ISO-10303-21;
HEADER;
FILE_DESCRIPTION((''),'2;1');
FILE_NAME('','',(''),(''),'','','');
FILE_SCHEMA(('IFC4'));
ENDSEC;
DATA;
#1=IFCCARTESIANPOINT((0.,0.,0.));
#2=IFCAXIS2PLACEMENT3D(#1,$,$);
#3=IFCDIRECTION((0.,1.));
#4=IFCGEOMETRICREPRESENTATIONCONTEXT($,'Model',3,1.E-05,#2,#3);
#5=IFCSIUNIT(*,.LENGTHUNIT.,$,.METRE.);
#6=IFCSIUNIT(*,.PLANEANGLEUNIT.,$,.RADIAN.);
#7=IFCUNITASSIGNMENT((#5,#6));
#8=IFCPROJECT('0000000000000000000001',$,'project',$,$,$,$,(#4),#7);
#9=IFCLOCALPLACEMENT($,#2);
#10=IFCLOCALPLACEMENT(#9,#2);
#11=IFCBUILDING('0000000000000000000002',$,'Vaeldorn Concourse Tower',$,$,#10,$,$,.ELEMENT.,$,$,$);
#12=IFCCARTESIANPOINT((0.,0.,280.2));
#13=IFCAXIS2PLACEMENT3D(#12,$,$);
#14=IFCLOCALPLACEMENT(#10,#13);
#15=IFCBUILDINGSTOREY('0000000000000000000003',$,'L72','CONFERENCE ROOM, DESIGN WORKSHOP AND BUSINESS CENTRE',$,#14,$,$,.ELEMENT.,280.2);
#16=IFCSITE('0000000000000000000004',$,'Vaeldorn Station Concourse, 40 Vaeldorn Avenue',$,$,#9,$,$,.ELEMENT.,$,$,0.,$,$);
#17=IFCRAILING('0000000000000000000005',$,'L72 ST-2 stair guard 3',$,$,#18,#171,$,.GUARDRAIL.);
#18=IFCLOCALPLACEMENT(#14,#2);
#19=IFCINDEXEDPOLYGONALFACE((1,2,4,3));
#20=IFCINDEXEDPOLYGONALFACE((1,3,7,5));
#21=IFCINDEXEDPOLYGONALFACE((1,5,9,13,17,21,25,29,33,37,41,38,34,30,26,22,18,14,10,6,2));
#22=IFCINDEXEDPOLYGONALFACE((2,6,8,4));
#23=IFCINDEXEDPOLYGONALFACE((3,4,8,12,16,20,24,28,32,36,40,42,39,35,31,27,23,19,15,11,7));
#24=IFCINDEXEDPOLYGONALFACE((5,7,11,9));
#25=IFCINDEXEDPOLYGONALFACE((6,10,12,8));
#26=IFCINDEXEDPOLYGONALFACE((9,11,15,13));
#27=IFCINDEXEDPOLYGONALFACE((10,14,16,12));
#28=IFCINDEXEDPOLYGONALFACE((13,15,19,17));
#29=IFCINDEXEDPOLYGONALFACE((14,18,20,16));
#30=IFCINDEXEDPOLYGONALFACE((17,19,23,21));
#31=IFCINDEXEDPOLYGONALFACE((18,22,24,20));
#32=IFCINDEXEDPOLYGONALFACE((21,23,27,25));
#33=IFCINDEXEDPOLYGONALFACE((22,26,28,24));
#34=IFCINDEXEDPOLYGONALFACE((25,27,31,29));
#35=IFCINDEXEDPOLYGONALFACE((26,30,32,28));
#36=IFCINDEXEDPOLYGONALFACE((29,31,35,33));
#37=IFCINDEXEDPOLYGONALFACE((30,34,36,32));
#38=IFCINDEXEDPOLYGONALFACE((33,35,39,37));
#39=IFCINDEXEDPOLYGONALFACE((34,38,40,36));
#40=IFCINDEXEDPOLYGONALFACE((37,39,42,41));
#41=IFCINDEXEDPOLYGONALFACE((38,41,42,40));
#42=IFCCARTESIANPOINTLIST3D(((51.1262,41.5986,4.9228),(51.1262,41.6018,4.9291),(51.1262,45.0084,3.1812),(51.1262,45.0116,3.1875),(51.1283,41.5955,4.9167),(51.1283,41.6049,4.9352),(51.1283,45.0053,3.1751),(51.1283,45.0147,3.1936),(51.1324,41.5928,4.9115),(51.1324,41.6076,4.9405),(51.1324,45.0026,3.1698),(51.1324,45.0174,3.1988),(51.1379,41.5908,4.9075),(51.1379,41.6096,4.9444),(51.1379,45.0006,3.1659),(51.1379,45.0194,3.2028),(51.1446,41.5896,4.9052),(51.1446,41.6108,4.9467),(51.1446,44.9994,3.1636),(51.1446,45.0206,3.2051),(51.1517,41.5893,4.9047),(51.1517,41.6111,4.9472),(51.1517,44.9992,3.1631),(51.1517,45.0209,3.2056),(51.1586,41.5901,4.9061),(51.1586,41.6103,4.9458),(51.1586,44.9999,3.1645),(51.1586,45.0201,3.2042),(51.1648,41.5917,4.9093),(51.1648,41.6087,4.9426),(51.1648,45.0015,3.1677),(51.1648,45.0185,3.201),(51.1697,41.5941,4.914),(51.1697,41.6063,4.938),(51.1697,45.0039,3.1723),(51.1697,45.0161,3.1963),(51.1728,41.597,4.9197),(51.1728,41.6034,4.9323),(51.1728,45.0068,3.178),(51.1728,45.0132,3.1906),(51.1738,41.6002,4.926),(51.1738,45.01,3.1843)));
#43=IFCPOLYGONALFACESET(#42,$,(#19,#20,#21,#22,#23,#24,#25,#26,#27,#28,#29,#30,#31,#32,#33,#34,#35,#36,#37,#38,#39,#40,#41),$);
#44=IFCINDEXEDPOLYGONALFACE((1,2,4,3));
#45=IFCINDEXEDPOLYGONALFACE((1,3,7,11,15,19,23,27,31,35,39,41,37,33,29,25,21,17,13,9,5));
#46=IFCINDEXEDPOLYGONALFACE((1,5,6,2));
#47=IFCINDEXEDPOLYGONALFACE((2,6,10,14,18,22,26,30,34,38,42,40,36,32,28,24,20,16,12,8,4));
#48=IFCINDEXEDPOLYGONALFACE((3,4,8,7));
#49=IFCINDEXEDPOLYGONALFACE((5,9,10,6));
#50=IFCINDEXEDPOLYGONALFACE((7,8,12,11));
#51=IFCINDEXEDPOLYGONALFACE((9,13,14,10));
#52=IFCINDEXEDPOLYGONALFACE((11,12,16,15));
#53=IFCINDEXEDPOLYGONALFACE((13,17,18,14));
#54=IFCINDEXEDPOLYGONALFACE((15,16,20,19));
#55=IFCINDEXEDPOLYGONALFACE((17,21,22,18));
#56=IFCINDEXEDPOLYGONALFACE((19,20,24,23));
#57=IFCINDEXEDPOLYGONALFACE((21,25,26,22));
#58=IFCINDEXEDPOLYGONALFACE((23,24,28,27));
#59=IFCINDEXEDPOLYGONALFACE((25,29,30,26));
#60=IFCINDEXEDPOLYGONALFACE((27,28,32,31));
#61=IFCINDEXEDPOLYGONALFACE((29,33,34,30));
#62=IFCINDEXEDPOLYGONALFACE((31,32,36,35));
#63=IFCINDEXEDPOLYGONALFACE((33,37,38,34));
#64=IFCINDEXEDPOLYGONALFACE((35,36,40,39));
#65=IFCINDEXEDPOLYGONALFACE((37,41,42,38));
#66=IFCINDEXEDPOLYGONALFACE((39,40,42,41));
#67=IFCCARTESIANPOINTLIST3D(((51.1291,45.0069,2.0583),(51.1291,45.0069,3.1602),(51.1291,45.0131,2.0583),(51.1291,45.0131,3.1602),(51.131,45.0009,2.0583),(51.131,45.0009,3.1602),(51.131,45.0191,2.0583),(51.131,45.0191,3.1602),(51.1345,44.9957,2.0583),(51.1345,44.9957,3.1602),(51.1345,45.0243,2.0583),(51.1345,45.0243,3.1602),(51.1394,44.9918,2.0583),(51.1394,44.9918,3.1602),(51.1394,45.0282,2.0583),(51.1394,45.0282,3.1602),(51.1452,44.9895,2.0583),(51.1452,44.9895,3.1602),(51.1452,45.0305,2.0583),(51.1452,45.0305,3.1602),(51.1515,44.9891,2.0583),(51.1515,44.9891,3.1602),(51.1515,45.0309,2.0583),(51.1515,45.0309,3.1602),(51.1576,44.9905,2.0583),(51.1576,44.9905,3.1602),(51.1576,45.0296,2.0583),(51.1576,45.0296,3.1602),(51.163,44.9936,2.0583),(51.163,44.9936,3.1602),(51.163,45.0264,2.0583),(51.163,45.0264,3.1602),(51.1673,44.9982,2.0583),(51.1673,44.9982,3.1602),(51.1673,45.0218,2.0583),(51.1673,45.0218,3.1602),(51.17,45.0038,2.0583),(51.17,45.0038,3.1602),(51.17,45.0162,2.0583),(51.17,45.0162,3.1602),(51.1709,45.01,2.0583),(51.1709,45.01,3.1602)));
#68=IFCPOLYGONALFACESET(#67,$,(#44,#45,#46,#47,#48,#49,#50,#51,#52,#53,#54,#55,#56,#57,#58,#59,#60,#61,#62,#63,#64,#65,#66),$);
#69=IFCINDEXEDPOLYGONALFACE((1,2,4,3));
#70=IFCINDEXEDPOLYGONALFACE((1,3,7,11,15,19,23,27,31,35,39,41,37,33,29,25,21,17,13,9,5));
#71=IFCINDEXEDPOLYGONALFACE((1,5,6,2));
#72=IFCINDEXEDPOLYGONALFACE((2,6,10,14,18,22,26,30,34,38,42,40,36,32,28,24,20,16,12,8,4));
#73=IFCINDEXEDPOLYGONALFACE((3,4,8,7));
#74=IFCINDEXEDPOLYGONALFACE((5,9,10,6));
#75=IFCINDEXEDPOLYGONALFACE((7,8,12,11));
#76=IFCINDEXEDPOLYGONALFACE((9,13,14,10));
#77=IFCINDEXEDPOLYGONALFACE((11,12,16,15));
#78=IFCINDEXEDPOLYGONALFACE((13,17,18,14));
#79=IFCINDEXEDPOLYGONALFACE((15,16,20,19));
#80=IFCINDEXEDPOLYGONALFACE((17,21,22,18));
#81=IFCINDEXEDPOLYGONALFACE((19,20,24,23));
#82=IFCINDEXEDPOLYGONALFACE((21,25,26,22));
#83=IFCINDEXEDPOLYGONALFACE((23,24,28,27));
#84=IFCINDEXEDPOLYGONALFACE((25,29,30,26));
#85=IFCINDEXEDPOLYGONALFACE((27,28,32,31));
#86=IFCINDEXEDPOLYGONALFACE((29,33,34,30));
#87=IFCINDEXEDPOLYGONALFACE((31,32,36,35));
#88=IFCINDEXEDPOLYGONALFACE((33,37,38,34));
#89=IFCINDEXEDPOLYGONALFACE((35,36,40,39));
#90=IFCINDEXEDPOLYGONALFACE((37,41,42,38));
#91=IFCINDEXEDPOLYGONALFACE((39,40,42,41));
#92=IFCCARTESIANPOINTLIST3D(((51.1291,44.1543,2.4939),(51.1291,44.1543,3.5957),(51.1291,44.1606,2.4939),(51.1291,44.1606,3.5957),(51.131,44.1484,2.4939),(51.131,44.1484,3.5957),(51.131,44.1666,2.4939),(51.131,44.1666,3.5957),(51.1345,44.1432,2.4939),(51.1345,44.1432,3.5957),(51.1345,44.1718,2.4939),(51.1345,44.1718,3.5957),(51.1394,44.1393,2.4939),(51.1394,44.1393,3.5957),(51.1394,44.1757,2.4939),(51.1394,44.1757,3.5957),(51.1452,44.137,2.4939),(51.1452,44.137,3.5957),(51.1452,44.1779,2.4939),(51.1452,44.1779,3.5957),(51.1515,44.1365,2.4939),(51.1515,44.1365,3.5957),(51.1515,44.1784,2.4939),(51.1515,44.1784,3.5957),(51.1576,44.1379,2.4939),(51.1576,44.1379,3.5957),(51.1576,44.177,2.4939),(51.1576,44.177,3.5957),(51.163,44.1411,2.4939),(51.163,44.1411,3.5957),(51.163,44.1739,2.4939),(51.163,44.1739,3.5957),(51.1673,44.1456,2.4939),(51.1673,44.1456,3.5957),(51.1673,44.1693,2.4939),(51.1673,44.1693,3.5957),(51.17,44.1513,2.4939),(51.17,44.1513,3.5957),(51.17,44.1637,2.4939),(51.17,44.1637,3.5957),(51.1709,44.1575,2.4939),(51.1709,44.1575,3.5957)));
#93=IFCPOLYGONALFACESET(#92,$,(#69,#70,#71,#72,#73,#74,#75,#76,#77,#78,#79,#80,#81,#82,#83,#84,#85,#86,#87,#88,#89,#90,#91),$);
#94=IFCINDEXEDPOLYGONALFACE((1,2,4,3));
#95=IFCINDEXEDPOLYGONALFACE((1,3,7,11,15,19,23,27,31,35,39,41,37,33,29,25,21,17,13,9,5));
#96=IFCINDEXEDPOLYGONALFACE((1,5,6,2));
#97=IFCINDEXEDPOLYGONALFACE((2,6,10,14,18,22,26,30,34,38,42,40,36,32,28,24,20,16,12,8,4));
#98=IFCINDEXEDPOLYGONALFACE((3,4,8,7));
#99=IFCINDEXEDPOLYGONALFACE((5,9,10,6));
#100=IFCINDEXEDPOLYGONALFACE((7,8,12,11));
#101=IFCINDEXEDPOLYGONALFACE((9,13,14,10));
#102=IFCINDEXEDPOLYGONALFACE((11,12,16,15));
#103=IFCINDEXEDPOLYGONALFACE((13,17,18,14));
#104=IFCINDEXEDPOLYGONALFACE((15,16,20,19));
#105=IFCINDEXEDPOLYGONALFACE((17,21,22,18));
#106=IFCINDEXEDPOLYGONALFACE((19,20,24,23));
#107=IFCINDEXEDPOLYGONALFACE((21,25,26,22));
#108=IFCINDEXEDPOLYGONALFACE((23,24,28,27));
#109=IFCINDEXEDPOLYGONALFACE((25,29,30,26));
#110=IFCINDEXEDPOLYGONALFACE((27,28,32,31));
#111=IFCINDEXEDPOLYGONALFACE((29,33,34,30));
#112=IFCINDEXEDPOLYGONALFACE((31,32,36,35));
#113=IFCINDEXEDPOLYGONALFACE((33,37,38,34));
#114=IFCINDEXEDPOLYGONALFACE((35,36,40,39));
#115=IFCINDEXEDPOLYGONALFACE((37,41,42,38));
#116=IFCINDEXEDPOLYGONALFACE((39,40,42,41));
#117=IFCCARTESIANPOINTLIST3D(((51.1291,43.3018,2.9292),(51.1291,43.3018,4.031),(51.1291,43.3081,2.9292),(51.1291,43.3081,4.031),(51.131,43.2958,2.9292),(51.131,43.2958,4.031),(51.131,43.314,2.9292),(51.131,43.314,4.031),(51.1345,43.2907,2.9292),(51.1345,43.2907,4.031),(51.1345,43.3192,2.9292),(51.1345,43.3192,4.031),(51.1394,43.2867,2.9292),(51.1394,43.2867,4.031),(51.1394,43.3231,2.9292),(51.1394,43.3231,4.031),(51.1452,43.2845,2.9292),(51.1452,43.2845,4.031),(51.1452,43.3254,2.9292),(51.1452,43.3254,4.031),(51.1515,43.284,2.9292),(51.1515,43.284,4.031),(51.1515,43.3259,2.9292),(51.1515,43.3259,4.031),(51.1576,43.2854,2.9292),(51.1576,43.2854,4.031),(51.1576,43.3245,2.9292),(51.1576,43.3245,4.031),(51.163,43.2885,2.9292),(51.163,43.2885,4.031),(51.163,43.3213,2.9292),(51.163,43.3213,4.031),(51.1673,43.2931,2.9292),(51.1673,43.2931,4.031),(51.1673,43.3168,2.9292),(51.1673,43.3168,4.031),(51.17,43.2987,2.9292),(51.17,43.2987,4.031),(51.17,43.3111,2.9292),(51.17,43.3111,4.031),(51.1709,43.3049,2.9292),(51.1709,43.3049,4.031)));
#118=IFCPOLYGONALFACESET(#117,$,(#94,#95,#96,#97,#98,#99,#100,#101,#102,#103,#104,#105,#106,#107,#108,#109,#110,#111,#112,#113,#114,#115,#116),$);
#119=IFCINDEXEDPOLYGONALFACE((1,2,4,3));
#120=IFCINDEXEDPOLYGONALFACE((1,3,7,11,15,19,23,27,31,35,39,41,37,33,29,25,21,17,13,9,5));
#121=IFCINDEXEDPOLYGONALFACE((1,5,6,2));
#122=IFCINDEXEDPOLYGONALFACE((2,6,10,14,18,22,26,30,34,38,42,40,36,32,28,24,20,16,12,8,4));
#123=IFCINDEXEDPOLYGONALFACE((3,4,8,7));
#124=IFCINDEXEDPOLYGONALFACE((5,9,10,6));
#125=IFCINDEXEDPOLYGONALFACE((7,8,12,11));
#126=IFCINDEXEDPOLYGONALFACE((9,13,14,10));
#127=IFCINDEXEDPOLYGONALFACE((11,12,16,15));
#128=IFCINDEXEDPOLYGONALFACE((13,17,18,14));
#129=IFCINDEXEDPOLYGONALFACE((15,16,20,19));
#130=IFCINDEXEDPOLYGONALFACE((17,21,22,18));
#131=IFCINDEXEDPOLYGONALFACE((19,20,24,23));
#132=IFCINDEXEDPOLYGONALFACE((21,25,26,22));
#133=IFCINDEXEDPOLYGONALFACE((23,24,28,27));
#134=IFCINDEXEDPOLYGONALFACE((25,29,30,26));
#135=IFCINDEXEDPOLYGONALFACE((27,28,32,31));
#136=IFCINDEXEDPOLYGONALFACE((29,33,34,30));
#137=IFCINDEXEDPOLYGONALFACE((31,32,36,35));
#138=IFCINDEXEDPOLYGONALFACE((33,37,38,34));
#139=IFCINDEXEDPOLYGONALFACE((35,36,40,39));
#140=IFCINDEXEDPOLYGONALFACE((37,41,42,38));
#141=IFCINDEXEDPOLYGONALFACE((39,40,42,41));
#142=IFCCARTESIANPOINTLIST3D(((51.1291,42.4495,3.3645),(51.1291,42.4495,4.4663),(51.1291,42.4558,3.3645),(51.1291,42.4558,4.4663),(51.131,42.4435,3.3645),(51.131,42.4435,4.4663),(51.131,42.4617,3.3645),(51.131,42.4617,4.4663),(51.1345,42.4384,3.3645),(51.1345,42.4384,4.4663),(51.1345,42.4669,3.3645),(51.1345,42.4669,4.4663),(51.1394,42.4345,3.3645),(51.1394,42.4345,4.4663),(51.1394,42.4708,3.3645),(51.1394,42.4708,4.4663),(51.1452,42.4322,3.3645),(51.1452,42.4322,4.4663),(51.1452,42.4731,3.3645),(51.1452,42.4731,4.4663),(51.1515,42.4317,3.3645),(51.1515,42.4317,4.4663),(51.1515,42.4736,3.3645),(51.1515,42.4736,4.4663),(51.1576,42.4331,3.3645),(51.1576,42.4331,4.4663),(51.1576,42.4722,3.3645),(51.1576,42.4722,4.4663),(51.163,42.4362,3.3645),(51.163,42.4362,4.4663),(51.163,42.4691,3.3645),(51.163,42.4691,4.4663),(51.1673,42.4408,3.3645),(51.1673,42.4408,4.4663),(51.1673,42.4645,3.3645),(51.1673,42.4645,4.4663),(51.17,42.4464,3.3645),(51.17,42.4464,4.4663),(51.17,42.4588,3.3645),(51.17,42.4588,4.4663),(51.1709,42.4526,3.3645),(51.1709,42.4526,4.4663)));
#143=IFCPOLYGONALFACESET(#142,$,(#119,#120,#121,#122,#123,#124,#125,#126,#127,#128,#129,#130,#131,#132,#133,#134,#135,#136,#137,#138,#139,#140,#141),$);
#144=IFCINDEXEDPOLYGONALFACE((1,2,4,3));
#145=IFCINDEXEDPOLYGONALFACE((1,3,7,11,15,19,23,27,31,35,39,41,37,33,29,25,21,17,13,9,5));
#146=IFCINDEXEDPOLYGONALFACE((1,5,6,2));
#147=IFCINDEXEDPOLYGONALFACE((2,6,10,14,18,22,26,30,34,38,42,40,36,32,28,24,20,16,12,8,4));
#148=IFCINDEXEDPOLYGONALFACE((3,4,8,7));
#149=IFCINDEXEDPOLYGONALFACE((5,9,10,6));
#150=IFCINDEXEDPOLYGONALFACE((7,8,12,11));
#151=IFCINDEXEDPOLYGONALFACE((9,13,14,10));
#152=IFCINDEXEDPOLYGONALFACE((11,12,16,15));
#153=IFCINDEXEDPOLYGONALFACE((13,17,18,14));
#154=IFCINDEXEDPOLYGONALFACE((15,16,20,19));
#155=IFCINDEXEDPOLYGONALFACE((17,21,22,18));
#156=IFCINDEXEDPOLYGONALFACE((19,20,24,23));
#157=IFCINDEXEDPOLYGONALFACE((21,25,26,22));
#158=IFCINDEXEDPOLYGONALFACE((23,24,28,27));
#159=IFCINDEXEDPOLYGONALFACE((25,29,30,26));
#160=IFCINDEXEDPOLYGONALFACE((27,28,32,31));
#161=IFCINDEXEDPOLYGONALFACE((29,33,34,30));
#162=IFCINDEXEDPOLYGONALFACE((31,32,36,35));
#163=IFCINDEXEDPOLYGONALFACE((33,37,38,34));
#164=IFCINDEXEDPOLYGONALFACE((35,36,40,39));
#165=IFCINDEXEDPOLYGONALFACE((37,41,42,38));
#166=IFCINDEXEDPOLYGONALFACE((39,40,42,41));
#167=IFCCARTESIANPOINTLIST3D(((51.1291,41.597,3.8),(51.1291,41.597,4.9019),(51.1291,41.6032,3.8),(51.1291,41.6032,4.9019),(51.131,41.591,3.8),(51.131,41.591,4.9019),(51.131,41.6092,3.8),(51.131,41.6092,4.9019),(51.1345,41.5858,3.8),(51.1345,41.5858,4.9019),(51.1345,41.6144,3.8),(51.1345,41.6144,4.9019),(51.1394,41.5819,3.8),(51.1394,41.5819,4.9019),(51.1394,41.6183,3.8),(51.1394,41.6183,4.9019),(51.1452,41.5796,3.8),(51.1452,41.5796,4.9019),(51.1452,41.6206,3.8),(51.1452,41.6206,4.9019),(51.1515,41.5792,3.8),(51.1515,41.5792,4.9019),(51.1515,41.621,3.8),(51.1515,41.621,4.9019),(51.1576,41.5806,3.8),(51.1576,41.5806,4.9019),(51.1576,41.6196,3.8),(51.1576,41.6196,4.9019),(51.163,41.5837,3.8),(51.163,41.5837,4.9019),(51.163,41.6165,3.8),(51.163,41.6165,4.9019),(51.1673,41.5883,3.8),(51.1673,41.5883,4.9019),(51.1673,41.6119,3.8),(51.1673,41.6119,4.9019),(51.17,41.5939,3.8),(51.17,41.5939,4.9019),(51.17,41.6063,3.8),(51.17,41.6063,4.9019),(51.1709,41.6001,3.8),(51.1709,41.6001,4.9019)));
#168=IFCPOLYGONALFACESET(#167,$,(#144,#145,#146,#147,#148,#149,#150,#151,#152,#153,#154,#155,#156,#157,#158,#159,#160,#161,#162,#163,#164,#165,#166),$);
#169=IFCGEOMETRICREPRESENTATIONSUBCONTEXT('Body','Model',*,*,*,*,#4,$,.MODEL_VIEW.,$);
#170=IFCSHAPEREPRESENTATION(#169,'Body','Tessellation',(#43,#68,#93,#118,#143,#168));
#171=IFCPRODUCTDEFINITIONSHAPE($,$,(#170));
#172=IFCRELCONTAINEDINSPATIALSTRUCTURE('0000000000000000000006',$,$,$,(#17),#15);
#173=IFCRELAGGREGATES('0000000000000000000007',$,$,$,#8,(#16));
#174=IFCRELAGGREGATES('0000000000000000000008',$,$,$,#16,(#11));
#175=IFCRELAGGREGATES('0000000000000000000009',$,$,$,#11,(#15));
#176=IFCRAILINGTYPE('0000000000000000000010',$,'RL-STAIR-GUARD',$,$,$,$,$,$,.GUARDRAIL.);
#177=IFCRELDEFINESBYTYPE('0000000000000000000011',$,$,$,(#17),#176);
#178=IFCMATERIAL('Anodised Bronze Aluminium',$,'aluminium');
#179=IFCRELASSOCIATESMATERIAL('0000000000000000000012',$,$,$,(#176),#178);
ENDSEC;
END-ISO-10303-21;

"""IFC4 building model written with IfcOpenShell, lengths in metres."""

from ifc_helpers import new_model, si_unit, direction, frame, origin, origin_2d, place, context, subcontext, project, spatial, circle, extrude, material, type_object, element, save


model = new_model("IFC4")

# Units and contexts
model_context = context("Model", 3, precision=1e-05, world=origin(), true_north=direction((0.0, 1.0)))
body_context = subcontext(model_context, "Body", "Model", "MODEL_VIEW")
ifc_project = project(units=[si_unit("LENGTHUNIT", "METRE"), si_unit("PLANEANGLEUNIT", "RADIAN")], contexts=[model_context])

# Site, building, storey
site_placement = place(None, origin())
site = spatial("IfcSite", under=ifc_project, at=site_placement, Name="Vaeldorn Station Concourse, 40 Vaeldorn Avenue", CompositionType="ELEMENT", RefElevation=0.0)
building_placement = place(site_placement, origin())
building = spatial("IfcBuilding", under=site, at=building_placement, Name="Vaeldorn Concourse Tower", CompositionType="ELEMENT")
storey_placement = place(building_placement, frame((0.0, 0.0, 280.2)))
storey = spatial("IfcBuildingStorey", under=building, at=storey_placement, Name="L72", Description="CONFERENCE ROOM, DESIGN WORKSHOP AND BUSINESS CENTRE", CompositionType="ELEMENT", Elevation=280.2)

# Shared definitions
ifc_material_1 = material(Name="Anodised Bronze Aluminium", Category="aluminium")

# Railing
railing_type_1 = type_object("IfcRailingType", Name="RL-STAIR-GUARD", PredefinedType="GUARDRAIL", material=ifc_material_1)
railing_1_placement = place(storey_placement, frame((51.1499, 45.01, 2.0583)))
element("IfcRailing", 1, at=railing_1_placement, inside=storey, type_object=railing_type_1, Name="L72 ST-2 stair guard 3", PredefinedType="GUARDRAIL", context=body_context, shape_type="SweptSolid", body=[
    extrude(circle(Radius=0.0239, at=origin_2d()), frame((0.0, 0.0, 1.126), z_axis=(0.0, -0.890556, 0.454874), x_axis=(1.0, 0.0, 0.0)), (0.0, 0.0, 1.0), 3.8289),
    extrude(circle(Radius=0.021, at=origin_2d()), origin(), (0.0, 0.0, 1.0), 1.1018),
    extrude(circle(Radius=0.021, at=origin_2d()), frame((0.0, -0.8525, 0.4355)), (0.0, 0.0, 1.0), 1.1018),
    extrude(circle(Radius=0.021, at=origin_2d()), frame((0.0, -1.7051, 0.8708)), (0.0, 0.0, 1.0), 1.1018),
    extrude(circle(Radius=0.021, at=origin_2d()), frame((0.0, -2.5574, 1.3062)), (0.0, 0.0, 1.0), 1.1018),
    extrude(circle(Radius=0.021, at=origin_2d()), frame((0.0, -3.4099, 1.7417)), (0.0, 0.0, 1.0), 1.1018),
])

save(model, "model.ifc")
